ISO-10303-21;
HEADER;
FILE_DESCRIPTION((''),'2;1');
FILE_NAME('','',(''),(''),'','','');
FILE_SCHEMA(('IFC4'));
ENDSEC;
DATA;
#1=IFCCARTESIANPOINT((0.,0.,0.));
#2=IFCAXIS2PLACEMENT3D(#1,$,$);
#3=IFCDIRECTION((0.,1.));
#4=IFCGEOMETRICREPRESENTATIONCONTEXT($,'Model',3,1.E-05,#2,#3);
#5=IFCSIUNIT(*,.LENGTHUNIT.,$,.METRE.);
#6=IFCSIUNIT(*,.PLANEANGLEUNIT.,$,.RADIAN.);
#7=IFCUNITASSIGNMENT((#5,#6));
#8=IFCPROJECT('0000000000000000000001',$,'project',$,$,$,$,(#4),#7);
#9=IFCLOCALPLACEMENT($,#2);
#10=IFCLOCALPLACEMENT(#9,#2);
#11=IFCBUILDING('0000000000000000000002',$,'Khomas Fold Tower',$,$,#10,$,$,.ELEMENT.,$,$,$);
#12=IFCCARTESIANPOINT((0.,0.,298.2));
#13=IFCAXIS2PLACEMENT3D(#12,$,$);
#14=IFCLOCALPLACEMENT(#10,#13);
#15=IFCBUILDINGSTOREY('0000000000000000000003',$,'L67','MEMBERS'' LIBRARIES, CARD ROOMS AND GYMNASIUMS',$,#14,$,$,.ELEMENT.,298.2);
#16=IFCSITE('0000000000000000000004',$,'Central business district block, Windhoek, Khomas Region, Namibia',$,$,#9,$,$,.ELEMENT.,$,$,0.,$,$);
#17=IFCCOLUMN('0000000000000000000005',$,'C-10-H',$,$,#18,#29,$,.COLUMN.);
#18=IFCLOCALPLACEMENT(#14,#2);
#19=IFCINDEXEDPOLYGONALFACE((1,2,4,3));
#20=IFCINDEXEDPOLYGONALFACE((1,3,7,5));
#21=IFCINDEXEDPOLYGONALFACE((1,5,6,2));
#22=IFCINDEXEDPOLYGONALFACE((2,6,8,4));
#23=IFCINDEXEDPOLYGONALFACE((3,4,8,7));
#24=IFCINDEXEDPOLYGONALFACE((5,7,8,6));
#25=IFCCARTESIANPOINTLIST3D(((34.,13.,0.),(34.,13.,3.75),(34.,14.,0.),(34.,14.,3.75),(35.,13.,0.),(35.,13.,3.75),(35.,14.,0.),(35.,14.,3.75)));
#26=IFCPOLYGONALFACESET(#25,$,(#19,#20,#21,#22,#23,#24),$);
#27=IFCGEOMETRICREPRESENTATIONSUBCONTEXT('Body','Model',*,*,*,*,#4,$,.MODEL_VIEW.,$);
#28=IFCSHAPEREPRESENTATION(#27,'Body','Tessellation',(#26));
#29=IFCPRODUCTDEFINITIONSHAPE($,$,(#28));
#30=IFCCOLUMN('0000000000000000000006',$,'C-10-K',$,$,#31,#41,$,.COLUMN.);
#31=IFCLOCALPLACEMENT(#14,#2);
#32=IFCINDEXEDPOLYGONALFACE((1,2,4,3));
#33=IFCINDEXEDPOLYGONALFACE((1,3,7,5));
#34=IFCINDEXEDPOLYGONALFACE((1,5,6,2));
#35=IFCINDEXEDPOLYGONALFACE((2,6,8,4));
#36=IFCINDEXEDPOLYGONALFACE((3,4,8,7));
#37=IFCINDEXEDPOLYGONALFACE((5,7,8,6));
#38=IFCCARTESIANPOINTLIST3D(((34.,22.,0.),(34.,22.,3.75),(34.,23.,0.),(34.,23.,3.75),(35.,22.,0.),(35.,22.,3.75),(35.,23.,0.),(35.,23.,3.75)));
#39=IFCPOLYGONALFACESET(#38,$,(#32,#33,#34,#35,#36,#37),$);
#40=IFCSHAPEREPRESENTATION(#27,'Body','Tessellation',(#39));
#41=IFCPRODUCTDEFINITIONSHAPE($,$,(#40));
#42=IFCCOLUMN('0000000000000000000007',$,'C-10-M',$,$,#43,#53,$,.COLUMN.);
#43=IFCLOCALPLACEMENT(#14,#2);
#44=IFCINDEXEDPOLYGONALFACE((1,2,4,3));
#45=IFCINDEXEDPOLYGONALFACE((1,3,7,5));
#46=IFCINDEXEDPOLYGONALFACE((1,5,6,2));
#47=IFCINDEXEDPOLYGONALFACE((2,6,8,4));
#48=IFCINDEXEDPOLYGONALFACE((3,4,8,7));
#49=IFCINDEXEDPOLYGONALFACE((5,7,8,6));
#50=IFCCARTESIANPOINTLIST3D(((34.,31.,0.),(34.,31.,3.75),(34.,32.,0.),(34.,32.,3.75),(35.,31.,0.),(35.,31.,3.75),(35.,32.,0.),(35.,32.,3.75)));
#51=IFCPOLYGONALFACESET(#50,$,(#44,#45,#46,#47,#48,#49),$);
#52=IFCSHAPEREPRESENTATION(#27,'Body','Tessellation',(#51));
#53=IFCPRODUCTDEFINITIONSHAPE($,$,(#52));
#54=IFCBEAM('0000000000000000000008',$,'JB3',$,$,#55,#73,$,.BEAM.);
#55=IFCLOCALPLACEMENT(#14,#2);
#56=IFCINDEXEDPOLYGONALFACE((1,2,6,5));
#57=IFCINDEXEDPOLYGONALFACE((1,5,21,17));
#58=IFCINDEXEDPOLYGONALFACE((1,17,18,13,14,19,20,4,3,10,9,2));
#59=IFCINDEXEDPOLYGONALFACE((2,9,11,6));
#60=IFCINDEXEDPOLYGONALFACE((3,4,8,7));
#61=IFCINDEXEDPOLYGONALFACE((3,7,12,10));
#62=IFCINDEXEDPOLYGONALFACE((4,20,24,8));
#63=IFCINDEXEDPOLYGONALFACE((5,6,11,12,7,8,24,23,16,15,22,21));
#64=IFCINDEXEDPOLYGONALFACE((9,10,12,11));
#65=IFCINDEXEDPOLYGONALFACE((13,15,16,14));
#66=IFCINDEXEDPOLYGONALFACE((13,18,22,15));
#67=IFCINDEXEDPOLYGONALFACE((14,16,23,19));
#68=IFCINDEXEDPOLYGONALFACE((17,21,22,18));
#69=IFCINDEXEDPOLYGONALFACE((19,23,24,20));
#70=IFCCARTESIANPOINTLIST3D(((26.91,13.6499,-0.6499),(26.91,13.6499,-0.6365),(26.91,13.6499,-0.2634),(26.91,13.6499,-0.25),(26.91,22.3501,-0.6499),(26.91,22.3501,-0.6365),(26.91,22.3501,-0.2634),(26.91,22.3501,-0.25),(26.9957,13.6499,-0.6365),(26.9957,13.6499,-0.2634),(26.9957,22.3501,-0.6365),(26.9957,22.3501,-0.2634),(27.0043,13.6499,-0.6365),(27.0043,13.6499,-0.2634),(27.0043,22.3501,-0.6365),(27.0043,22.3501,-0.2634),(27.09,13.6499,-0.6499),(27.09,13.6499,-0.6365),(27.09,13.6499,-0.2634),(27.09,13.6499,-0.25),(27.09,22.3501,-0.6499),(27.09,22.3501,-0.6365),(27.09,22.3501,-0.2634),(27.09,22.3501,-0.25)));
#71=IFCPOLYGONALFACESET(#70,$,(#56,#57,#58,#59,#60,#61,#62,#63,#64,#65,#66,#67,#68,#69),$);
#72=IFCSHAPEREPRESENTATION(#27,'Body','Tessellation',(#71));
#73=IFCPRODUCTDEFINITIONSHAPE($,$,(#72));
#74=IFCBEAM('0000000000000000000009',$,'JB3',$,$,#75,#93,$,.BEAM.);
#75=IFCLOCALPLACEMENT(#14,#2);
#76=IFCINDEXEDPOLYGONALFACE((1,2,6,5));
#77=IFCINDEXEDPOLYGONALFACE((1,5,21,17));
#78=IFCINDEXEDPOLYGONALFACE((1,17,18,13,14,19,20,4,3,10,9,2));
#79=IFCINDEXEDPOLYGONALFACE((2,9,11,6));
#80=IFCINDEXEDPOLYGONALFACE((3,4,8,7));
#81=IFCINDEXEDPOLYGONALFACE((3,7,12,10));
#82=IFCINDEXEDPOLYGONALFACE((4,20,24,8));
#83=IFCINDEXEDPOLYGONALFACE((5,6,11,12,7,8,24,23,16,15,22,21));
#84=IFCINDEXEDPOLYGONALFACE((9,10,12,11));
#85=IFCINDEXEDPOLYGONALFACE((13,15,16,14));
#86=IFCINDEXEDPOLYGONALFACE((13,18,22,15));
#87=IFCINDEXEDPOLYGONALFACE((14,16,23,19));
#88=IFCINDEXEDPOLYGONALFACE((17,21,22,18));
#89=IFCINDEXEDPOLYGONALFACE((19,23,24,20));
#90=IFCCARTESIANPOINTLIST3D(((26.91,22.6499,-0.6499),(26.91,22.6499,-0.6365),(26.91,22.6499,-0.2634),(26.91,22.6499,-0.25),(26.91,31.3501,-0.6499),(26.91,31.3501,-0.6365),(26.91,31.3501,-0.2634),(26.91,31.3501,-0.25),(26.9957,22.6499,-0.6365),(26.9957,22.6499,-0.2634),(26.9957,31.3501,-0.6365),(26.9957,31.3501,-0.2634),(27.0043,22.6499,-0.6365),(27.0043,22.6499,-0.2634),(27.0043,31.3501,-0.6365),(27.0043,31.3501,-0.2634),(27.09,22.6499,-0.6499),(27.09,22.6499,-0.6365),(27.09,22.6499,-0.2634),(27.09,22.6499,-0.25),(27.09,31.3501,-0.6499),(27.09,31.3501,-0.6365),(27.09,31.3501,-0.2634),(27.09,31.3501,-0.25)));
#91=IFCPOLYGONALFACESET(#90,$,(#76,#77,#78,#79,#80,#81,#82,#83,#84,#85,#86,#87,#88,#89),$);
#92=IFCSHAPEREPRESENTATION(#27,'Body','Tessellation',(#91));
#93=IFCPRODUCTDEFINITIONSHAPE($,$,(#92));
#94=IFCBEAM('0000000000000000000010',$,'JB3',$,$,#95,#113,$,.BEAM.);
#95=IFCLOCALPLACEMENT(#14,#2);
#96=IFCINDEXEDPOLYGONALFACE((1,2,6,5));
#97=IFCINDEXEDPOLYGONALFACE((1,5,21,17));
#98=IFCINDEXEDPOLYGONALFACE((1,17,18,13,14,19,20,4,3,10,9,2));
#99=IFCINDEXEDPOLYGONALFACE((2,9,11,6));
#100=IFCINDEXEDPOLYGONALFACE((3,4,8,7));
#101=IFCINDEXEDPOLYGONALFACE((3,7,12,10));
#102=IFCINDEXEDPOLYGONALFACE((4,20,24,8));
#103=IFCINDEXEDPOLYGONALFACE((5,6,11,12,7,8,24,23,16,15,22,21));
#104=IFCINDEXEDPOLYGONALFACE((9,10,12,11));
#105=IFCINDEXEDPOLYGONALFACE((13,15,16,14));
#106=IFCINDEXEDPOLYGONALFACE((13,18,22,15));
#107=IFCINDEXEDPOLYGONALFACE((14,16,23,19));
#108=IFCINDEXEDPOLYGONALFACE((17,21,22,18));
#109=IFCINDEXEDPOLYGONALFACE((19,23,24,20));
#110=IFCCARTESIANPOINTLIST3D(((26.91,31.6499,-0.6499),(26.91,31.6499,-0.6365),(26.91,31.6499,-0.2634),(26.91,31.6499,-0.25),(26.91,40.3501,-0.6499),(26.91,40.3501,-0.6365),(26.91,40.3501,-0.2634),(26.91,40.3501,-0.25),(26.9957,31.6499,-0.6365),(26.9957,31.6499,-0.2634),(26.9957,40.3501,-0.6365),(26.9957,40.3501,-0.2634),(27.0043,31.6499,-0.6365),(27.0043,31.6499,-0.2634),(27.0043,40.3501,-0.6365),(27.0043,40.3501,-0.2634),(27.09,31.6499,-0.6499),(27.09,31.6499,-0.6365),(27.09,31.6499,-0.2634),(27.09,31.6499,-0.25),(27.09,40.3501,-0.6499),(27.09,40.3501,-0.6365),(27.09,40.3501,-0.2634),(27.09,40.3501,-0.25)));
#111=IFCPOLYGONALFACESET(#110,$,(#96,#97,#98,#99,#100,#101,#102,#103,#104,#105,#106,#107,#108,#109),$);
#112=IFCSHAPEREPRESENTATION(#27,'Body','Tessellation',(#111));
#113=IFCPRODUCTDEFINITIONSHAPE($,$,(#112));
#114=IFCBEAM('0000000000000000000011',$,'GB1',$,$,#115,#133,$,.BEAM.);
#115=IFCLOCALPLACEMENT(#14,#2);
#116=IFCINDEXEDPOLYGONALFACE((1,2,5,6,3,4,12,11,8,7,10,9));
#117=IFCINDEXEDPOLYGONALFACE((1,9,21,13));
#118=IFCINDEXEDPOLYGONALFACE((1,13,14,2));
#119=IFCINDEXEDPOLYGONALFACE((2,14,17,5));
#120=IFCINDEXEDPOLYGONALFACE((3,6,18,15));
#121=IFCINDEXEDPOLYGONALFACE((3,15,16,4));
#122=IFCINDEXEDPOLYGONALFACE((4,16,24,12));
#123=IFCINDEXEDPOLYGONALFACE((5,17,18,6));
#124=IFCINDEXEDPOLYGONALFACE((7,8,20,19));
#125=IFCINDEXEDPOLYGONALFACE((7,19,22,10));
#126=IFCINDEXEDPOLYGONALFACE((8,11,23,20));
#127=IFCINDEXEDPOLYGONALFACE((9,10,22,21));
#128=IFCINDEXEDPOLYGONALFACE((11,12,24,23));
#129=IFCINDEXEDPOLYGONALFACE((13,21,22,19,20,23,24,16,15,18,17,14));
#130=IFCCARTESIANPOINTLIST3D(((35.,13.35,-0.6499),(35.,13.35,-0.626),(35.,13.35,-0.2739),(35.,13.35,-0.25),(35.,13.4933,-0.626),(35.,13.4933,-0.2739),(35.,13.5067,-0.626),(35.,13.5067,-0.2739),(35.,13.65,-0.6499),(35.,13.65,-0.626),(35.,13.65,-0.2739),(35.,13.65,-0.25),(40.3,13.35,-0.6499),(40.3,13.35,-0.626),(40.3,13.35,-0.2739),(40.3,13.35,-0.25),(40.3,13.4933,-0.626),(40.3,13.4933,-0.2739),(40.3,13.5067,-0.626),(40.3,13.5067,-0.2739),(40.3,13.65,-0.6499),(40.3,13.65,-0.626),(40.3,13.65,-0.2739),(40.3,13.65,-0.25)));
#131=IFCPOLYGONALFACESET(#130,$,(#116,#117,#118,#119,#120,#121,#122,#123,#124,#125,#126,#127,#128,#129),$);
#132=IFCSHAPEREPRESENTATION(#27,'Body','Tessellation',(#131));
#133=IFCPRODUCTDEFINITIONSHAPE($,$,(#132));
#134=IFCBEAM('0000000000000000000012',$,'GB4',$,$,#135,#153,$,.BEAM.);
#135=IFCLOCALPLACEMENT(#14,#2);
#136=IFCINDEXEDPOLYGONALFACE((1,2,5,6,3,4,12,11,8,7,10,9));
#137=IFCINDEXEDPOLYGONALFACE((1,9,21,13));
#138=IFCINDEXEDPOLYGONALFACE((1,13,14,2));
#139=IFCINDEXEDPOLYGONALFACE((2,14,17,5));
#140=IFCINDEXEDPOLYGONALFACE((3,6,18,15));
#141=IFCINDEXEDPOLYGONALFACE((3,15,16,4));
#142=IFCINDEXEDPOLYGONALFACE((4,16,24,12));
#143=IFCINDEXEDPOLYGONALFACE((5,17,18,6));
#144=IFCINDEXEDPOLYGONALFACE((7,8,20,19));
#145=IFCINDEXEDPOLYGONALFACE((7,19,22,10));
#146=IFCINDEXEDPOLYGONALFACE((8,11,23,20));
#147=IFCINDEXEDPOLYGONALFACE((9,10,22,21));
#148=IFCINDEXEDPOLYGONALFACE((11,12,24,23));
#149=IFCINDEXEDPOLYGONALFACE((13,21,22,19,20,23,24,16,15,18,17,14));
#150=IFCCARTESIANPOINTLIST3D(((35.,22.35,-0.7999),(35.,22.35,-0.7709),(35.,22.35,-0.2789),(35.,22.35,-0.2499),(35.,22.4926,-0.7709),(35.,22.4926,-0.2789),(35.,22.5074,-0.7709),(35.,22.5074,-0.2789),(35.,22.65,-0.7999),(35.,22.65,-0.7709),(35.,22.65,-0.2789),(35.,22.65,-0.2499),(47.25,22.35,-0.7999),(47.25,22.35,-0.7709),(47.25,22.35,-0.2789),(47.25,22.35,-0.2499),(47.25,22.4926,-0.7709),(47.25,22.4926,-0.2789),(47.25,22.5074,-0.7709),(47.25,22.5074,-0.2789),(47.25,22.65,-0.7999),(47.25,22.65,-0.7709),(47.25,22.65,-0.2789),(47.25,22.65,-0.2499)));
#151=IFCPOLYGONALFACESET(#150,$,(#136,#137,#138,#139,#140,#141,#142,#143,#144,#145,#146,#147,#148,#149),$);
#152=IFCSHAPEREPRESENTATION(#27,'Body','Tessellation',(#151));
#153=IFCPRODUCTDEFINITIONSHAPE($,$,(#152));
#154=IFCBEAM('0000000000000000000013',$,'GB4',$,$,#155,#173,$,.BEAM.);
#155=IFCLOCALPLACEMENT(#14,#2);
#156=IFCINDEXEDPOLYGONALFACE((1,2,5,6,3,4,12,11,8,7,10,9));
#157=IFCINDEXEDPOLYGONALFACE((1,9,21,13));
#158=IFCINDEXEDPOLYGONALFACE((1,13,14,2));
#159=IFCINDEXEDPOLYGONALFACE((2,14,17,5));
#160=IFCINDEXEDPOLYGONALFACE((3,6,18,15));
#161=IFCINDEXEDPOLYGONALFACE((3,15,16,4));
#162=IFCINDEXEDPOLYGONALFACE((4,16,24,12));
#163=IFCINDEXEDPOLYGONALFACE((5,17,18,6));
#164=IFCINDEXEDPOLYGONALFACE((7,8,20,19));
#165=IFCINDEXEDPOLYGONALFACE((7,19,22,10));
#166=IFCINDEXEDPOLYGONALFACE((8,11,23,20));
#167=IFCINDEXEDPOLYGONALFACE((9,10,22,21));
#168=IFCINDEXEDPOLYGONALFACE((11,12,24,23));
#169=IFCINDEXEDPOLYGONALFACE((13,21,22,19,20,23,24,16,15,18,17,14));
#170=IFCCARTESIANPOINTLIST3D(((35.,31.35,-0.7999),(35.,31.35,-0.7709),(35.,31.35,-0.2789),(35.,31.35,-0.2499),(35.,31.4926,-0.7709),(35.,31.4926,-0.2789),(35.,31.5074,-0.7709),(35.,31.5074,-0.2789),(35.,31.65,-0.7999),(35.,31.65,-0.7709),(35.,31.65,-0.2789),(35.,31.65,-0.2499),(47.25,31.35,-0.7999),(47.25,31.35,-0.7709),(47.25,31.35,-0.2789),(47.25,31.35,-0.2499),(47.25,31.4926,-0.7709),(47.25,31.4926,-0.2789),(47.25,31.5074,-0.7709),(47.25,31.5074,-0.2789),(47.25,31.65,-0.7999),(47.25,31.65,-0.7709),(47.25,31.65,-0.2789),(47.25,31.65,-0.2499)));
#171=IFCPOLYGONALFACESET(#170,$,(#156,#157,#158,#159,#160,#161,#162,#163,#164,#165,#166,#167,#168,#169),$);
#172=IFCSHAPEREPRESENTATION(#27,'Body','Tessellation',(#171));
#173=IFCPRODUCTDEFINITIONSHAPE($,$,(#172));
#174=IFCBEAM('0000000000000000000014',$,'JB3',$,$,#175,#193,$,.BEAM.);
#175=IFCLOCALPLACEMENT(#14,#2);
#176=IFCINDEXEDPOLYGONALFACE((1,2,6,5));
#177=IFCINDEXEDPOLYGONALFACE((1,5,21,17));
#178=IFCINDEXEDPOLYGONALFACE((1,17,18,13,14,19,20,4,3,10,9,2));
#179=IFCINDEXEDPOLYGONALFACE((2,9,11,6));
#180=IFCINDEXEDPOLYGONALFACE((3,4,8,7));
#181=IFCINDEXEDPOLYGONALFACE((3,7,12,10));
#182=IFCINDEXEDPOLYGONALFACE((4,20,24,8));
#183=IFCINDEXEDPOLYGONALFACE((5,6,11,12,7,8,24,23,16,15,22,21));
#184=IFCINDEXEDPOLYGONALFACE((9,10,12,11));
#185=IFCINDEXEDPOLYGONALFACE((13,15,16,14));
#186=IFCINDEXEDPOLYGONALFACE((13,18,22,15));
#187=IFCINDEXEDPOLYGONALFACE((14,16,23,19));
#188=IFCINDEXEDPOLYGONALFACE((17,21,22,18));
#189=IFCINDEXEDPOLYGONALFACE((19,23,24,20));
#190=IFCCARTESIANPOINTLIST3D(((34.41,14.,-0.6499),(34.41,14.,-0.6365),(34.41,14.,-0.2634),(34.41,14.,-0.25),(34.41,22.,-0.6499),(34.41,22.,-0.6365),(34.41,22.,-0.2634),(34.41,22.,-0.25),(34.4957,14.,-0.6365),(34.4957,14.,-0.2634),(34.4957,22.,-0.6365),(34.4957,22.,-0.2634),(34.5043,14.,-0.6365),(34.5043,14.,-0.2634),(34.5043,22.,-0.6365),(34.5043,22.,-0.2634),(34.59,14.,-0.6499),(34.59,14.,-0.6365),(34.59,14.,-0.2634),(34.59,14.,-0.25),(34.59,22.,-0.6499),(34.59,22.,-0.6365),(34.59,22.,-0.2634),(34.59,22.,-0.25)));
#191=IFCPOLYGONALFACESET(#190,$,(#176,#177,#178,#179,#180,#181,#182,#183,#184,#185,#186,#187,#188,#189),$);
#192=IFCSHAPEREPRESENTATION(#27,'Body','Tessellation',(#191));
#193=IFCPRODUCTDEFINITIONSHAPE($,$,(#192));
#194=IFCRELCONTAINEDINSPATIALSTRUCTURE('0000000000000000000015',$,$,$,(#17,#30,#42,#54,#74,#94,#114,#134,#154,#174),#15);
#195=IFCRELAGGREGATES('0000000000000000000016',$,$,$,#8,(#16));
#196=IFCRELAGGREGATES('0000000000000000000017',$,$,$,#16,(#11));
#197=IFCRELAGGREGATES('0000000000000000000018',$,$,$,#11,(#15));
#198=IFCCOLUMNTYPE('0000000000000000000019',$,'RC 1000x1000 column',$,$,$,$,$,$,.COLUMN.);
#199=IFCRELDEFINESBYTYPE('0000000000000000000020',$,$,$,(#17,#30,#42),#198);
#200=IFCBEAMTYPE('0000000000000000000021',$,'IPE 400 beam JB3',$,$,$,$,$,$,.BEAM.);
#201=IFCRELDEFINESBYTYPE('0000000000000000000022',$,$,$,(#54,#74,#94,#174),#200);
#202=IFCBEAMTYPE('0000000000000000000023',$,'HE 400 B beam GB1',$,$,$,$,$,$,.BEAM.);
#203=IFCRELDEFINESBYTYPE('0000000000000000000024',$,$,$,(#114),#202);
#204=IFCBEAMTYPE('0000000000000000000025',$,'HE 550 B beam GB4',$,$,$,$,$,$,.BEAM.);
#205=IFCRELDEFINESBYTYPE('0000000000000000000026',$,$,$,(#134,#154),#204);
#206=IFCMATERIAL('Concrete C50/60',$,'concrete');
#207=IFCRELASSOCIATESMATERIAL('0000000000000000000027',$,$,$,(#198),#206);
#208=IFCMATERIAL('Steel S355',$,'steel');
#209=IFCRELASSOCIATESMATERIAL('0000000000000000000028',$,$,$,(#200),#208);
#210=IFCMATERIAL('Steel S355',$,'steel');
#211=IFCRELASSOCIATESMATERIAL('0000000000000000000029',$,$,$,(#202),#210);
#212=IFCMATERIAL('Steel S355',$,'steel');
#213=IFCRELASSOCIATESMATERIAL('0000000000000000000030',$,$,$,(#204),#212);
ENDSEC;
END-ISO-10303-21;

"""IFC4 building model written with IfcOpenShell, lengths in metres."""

from ifc_helpers import new_model, si_unit, direction, frame, origin, origin_2d, place, context, subcontext, project, spatial, rectangle, i_section, extrude, source, transform, mapped, material, material_profile, profile_set, type_object, element, save


model = new_model("IFC4")

# Units and contexts
model_context = context("Model", 3, precision=1e-05, world=origin(), true_north=direction((0.0, 1.0)))
body_context = subcontext(model_context, "Body", "Model", "MODEL_VIEW")
ifc_project = project(units=[si_unit("LENGTHUNIT", "METRE"), si_unit("PLANEANGLEUNIT", "RADIAN")], contexts=[model_context])

# Site, building, storey
site_placement = place(None, origin())
site = spatial("IfcSite", under=ifc_project, at=site_placement, Name="Central business district block, Windhoek, Khomas Region, Namibia", CompositionType="ELEMENT", RefElevation=0.0)
building_placement = place(site_placement, origin())
building = spatial("IfcBuilding", under=site, at=building_placement, Name="Khomas Fold Tower", CompositionType="ELEMENT")
storey_placement = place(building_placement, frame((0.0, 0.0, 298.2)))
storey = spatial("IfcBuildingStorey", under=building, at=storey_placement, Name="L67", Description="MEMBERS' LIBRARIES, CARD ROOMS AND GYMNASIUMS", CompositionType="ELEMENT", Elevation=298.2)

# Columns
ifc_material_1 = material(Name="Concrete C50/60", Category="concrete")
ifc_material_profile_1 = material_profile(ifc_material_1, rectangle(XDim=1.0, YDim=1.0, at=origin_2d()), Name="RC 1000x1000")
ifc_profile_set_1 = profile_set([ifc_material_profile_1], Name="Concrete C50/60")
column_type = type_object("IfcColumnType", Name="RC 1000x1000 column", PredefinedType="COLUMN", material=ifc_profile_set_1)
shared_shape_1 = source(origin(), body_context, "Body", "SweptSolid", [
    extrude(rectangle(XDim=1.0, YDim=1.0, at=origin_2d()), origin(), (0.0, 0.0, 1.0), 3.75),
])
for number, where, z_axis, x_axis, name in (
    (1, (34.5, 13.5, 0.0), (0.0, 0.0, 1.0), (1.0, 0.0, 0.0), "C-10-H"),
    (2, (34.5, 22.5, 0.0), (0.0, 0.0, 1.0), (1.0, 0.0, 0.0), "C-10-K"),
    (3, (34.5, 31.5, 0.0), (0.0, 0.0, 1.0), (1.0, 0.0, 0.0), "C-10-M"),
):
    element("IfcColumn", number, at=place(storey_placement, frame(where, z_axis=z_axis, x_axis=x_axis)), inside=storey, type_object=column_type, Name=name, PredefinedType="COLUMN", context=body_context, shape_type="MappedRepresentation", body=[
        mapped(shared_shape_1, transform((0.0, 0.0, 0.0))),
    ])

# Beams
ifc_material_2 = material(Name="Steel S355", Category="steel")
ifc_material_profile_2 = material_profile(ifc_material_2, i_section(OverallWidth=0.1799, OverallDepth=0.3999, WebThickness=0.0085, FlangeThickness=0.0134, at=origin_2d()), Name="IPE 400")
ifc_profile_set_2 = profile_set([ifc_material_profile_2], Name="Steel S355")
beam_type_1 = type_object("IfcBeamType", Name="IPE 400 beam JB3", PredefinedType="BEAM", material=ifc_profile_set_2)
shared_shape_2 = source(origin(), body_context, "Body", "SweptSolid", [
    extrude(i_section(OverallWidth=0.1799, OverallDepth=0.3999, WebThickness=0.0085, FlangeThickness=0.0134, at=origin_2d()), origin(), (0.0, 0.0, 1.0), 8.7002),
])
for number, where, z_axis, x_axis, name in (
    (4, (27.0, 13.6499, -0.45), (0.0, 1.0, 0.0), (-1.0, 0.0, 0.0), "JB3"),
    (5, (27.0, 22.6499, -0.45), (0.0, 1.0, 0.0), (-1.0, 0.0, 0.0), "JB3"),
    (6, (27.0, 31.6499, -0.45), (0.0, 1.0, 0.0), (-1.0, 0.0, 0.0), "JB3"),
):
    element("IfcBeam", number, at=place(storey_placement, frame(where, z_axis=z_axis, x_axis=x_axis)), inside=storey, type_object=beam_type_1, Name=name, PredefinedType="BEAM", context=body_context, shape_type="MappedRepresentation", body=[
        mapped(shared_shape_2, transform((0.0, 0.0, 0.0))),
    ])
ifc_material_3 = material(Name="Steel S355", Category="steel")
ifc_material_profile_3 = material_profile(ifc_material_3, i_section(OverallWidth=0.3, OverallDepth=0.3999, WebThickness=0.0134, FlangeThickness=0.0239, at=origin_2d()), Name="HE 400 B")
ifc_profile_set_3 = profile_set([ifc_material_profile_3], Name="Steel S355")
beam_type_2 = type_object("IfcBeamType", Name="HE 400 B beam GB1", PredefinedType="BEAM", material=ifc_profile_set_3)
shared_shape_3 = source(origin(), body_context, "Body", "SweptSolid", [
    extrude(i_section(OverallWidth=0.3, OverallDepth=0.3999, WebThickness=0.0134, FlangeThickness=0.0239, at=origin_2d()), origin(), (0.0, 0.0, 1.0), 5.3),
])
beam_placement = place(storey_placement, frame((35.0, 13.5, -0.45), z_axis=(1.0, 0.0, 0.0), x_axis=(0.0, 1.0, 0.0)))
element("IfcBeam", 7, at=beam_placement, inside=storey, type_object=beam_type_2, Name="GB1", PredefinedType="BEAM", context=body_context, shape_type="MappedRepresentation", body=[
    mapped(shared_shape_3, transform((0.0, 0.0, 0.0))),
])
ifc_material_4 = material(Name="Steel S355", Category="steel")
ifc_material_profile_4 = material_profile(ifc_material_4, i_section(OverallWidth=0.3, OverallDepth=0.55, WebThickness=0.0149, FlangeThickness=0.0291, at=origin_2d()), Name="HE 550 B")
ifc_profile_set_4 = profile_set([ifc_material_profile_4], Name="Steel S355")
beam_type_3 = type_object("IfcBeamType", Name="HE 550 B beam GB4", PredefinedType="BEAM", material=ifc_profile_set_4)
shared_shape_4 = source(origin(), body_context, "Body", "SweptSolid", [
    extrude(i_section(OverallWidth=0.3, OverallDepth=0.55, WebThickness=0.0149, FlangeThickness=0.0291, at=origin_2d()), origin(), (0.0, 0.0, 1.0), 12.25),
])
for number, where, z_axis, x_axis, name in (
    (8, (35.0, 22.5, -0.5249), (1.0, 0.0, 0.0), (0.0, 1.0, 0.0), "GB4"),
    (9, (35.0, 31.5, -0.5249), (1.0, 0.0, 0.0), (0.0, 1.0, 0.0), "GB4"),
):
    element("IfcBeam", number, at=place(storey_placement, frame(where, z_axis=z_axis, x_axis=x_axis)), inside=storey, type_object=beam_type_3, Name=name, PredefinedType="BEAM", context=body_context, shape_type="MappedRepresentation", body=[
        mapped(shared_shape_4, transform((0.0, 0.0, 0.0))),
    ])
shared_shape_5 = source(origin(), body_context, "Body", "SweptSolid", [
    extrude(i_section(OverallWidth=0.1799, OverallDepth=0.3999, WebThickness=0.0085, FlangeThickness=0.0134, at=origin_2d()), origin(), (0.0, 0.0, 1.0), 8.0),
])
for number, where, z_axis, x_axis, name in (
    (10, (34.5, 14.0, -0.45), (0.0, 1.0, 0.0), (-1.0, 0.0, 0.0), "JB3"),
):
    element("IfcBeam", number, at=place(storey_placement, frame(where, z_axis=z_axis, x_axis=x_axis)), inside=storey, type_object=beam_type_1, Name=name, PredefinedType="BEAM", context=body_context, shape_type="MappedRepresentation", body=[
        mapped(shared_shape_5, transform((0.0, 0.0, 0.0))),
    ])

save(model, "model.ifc")
